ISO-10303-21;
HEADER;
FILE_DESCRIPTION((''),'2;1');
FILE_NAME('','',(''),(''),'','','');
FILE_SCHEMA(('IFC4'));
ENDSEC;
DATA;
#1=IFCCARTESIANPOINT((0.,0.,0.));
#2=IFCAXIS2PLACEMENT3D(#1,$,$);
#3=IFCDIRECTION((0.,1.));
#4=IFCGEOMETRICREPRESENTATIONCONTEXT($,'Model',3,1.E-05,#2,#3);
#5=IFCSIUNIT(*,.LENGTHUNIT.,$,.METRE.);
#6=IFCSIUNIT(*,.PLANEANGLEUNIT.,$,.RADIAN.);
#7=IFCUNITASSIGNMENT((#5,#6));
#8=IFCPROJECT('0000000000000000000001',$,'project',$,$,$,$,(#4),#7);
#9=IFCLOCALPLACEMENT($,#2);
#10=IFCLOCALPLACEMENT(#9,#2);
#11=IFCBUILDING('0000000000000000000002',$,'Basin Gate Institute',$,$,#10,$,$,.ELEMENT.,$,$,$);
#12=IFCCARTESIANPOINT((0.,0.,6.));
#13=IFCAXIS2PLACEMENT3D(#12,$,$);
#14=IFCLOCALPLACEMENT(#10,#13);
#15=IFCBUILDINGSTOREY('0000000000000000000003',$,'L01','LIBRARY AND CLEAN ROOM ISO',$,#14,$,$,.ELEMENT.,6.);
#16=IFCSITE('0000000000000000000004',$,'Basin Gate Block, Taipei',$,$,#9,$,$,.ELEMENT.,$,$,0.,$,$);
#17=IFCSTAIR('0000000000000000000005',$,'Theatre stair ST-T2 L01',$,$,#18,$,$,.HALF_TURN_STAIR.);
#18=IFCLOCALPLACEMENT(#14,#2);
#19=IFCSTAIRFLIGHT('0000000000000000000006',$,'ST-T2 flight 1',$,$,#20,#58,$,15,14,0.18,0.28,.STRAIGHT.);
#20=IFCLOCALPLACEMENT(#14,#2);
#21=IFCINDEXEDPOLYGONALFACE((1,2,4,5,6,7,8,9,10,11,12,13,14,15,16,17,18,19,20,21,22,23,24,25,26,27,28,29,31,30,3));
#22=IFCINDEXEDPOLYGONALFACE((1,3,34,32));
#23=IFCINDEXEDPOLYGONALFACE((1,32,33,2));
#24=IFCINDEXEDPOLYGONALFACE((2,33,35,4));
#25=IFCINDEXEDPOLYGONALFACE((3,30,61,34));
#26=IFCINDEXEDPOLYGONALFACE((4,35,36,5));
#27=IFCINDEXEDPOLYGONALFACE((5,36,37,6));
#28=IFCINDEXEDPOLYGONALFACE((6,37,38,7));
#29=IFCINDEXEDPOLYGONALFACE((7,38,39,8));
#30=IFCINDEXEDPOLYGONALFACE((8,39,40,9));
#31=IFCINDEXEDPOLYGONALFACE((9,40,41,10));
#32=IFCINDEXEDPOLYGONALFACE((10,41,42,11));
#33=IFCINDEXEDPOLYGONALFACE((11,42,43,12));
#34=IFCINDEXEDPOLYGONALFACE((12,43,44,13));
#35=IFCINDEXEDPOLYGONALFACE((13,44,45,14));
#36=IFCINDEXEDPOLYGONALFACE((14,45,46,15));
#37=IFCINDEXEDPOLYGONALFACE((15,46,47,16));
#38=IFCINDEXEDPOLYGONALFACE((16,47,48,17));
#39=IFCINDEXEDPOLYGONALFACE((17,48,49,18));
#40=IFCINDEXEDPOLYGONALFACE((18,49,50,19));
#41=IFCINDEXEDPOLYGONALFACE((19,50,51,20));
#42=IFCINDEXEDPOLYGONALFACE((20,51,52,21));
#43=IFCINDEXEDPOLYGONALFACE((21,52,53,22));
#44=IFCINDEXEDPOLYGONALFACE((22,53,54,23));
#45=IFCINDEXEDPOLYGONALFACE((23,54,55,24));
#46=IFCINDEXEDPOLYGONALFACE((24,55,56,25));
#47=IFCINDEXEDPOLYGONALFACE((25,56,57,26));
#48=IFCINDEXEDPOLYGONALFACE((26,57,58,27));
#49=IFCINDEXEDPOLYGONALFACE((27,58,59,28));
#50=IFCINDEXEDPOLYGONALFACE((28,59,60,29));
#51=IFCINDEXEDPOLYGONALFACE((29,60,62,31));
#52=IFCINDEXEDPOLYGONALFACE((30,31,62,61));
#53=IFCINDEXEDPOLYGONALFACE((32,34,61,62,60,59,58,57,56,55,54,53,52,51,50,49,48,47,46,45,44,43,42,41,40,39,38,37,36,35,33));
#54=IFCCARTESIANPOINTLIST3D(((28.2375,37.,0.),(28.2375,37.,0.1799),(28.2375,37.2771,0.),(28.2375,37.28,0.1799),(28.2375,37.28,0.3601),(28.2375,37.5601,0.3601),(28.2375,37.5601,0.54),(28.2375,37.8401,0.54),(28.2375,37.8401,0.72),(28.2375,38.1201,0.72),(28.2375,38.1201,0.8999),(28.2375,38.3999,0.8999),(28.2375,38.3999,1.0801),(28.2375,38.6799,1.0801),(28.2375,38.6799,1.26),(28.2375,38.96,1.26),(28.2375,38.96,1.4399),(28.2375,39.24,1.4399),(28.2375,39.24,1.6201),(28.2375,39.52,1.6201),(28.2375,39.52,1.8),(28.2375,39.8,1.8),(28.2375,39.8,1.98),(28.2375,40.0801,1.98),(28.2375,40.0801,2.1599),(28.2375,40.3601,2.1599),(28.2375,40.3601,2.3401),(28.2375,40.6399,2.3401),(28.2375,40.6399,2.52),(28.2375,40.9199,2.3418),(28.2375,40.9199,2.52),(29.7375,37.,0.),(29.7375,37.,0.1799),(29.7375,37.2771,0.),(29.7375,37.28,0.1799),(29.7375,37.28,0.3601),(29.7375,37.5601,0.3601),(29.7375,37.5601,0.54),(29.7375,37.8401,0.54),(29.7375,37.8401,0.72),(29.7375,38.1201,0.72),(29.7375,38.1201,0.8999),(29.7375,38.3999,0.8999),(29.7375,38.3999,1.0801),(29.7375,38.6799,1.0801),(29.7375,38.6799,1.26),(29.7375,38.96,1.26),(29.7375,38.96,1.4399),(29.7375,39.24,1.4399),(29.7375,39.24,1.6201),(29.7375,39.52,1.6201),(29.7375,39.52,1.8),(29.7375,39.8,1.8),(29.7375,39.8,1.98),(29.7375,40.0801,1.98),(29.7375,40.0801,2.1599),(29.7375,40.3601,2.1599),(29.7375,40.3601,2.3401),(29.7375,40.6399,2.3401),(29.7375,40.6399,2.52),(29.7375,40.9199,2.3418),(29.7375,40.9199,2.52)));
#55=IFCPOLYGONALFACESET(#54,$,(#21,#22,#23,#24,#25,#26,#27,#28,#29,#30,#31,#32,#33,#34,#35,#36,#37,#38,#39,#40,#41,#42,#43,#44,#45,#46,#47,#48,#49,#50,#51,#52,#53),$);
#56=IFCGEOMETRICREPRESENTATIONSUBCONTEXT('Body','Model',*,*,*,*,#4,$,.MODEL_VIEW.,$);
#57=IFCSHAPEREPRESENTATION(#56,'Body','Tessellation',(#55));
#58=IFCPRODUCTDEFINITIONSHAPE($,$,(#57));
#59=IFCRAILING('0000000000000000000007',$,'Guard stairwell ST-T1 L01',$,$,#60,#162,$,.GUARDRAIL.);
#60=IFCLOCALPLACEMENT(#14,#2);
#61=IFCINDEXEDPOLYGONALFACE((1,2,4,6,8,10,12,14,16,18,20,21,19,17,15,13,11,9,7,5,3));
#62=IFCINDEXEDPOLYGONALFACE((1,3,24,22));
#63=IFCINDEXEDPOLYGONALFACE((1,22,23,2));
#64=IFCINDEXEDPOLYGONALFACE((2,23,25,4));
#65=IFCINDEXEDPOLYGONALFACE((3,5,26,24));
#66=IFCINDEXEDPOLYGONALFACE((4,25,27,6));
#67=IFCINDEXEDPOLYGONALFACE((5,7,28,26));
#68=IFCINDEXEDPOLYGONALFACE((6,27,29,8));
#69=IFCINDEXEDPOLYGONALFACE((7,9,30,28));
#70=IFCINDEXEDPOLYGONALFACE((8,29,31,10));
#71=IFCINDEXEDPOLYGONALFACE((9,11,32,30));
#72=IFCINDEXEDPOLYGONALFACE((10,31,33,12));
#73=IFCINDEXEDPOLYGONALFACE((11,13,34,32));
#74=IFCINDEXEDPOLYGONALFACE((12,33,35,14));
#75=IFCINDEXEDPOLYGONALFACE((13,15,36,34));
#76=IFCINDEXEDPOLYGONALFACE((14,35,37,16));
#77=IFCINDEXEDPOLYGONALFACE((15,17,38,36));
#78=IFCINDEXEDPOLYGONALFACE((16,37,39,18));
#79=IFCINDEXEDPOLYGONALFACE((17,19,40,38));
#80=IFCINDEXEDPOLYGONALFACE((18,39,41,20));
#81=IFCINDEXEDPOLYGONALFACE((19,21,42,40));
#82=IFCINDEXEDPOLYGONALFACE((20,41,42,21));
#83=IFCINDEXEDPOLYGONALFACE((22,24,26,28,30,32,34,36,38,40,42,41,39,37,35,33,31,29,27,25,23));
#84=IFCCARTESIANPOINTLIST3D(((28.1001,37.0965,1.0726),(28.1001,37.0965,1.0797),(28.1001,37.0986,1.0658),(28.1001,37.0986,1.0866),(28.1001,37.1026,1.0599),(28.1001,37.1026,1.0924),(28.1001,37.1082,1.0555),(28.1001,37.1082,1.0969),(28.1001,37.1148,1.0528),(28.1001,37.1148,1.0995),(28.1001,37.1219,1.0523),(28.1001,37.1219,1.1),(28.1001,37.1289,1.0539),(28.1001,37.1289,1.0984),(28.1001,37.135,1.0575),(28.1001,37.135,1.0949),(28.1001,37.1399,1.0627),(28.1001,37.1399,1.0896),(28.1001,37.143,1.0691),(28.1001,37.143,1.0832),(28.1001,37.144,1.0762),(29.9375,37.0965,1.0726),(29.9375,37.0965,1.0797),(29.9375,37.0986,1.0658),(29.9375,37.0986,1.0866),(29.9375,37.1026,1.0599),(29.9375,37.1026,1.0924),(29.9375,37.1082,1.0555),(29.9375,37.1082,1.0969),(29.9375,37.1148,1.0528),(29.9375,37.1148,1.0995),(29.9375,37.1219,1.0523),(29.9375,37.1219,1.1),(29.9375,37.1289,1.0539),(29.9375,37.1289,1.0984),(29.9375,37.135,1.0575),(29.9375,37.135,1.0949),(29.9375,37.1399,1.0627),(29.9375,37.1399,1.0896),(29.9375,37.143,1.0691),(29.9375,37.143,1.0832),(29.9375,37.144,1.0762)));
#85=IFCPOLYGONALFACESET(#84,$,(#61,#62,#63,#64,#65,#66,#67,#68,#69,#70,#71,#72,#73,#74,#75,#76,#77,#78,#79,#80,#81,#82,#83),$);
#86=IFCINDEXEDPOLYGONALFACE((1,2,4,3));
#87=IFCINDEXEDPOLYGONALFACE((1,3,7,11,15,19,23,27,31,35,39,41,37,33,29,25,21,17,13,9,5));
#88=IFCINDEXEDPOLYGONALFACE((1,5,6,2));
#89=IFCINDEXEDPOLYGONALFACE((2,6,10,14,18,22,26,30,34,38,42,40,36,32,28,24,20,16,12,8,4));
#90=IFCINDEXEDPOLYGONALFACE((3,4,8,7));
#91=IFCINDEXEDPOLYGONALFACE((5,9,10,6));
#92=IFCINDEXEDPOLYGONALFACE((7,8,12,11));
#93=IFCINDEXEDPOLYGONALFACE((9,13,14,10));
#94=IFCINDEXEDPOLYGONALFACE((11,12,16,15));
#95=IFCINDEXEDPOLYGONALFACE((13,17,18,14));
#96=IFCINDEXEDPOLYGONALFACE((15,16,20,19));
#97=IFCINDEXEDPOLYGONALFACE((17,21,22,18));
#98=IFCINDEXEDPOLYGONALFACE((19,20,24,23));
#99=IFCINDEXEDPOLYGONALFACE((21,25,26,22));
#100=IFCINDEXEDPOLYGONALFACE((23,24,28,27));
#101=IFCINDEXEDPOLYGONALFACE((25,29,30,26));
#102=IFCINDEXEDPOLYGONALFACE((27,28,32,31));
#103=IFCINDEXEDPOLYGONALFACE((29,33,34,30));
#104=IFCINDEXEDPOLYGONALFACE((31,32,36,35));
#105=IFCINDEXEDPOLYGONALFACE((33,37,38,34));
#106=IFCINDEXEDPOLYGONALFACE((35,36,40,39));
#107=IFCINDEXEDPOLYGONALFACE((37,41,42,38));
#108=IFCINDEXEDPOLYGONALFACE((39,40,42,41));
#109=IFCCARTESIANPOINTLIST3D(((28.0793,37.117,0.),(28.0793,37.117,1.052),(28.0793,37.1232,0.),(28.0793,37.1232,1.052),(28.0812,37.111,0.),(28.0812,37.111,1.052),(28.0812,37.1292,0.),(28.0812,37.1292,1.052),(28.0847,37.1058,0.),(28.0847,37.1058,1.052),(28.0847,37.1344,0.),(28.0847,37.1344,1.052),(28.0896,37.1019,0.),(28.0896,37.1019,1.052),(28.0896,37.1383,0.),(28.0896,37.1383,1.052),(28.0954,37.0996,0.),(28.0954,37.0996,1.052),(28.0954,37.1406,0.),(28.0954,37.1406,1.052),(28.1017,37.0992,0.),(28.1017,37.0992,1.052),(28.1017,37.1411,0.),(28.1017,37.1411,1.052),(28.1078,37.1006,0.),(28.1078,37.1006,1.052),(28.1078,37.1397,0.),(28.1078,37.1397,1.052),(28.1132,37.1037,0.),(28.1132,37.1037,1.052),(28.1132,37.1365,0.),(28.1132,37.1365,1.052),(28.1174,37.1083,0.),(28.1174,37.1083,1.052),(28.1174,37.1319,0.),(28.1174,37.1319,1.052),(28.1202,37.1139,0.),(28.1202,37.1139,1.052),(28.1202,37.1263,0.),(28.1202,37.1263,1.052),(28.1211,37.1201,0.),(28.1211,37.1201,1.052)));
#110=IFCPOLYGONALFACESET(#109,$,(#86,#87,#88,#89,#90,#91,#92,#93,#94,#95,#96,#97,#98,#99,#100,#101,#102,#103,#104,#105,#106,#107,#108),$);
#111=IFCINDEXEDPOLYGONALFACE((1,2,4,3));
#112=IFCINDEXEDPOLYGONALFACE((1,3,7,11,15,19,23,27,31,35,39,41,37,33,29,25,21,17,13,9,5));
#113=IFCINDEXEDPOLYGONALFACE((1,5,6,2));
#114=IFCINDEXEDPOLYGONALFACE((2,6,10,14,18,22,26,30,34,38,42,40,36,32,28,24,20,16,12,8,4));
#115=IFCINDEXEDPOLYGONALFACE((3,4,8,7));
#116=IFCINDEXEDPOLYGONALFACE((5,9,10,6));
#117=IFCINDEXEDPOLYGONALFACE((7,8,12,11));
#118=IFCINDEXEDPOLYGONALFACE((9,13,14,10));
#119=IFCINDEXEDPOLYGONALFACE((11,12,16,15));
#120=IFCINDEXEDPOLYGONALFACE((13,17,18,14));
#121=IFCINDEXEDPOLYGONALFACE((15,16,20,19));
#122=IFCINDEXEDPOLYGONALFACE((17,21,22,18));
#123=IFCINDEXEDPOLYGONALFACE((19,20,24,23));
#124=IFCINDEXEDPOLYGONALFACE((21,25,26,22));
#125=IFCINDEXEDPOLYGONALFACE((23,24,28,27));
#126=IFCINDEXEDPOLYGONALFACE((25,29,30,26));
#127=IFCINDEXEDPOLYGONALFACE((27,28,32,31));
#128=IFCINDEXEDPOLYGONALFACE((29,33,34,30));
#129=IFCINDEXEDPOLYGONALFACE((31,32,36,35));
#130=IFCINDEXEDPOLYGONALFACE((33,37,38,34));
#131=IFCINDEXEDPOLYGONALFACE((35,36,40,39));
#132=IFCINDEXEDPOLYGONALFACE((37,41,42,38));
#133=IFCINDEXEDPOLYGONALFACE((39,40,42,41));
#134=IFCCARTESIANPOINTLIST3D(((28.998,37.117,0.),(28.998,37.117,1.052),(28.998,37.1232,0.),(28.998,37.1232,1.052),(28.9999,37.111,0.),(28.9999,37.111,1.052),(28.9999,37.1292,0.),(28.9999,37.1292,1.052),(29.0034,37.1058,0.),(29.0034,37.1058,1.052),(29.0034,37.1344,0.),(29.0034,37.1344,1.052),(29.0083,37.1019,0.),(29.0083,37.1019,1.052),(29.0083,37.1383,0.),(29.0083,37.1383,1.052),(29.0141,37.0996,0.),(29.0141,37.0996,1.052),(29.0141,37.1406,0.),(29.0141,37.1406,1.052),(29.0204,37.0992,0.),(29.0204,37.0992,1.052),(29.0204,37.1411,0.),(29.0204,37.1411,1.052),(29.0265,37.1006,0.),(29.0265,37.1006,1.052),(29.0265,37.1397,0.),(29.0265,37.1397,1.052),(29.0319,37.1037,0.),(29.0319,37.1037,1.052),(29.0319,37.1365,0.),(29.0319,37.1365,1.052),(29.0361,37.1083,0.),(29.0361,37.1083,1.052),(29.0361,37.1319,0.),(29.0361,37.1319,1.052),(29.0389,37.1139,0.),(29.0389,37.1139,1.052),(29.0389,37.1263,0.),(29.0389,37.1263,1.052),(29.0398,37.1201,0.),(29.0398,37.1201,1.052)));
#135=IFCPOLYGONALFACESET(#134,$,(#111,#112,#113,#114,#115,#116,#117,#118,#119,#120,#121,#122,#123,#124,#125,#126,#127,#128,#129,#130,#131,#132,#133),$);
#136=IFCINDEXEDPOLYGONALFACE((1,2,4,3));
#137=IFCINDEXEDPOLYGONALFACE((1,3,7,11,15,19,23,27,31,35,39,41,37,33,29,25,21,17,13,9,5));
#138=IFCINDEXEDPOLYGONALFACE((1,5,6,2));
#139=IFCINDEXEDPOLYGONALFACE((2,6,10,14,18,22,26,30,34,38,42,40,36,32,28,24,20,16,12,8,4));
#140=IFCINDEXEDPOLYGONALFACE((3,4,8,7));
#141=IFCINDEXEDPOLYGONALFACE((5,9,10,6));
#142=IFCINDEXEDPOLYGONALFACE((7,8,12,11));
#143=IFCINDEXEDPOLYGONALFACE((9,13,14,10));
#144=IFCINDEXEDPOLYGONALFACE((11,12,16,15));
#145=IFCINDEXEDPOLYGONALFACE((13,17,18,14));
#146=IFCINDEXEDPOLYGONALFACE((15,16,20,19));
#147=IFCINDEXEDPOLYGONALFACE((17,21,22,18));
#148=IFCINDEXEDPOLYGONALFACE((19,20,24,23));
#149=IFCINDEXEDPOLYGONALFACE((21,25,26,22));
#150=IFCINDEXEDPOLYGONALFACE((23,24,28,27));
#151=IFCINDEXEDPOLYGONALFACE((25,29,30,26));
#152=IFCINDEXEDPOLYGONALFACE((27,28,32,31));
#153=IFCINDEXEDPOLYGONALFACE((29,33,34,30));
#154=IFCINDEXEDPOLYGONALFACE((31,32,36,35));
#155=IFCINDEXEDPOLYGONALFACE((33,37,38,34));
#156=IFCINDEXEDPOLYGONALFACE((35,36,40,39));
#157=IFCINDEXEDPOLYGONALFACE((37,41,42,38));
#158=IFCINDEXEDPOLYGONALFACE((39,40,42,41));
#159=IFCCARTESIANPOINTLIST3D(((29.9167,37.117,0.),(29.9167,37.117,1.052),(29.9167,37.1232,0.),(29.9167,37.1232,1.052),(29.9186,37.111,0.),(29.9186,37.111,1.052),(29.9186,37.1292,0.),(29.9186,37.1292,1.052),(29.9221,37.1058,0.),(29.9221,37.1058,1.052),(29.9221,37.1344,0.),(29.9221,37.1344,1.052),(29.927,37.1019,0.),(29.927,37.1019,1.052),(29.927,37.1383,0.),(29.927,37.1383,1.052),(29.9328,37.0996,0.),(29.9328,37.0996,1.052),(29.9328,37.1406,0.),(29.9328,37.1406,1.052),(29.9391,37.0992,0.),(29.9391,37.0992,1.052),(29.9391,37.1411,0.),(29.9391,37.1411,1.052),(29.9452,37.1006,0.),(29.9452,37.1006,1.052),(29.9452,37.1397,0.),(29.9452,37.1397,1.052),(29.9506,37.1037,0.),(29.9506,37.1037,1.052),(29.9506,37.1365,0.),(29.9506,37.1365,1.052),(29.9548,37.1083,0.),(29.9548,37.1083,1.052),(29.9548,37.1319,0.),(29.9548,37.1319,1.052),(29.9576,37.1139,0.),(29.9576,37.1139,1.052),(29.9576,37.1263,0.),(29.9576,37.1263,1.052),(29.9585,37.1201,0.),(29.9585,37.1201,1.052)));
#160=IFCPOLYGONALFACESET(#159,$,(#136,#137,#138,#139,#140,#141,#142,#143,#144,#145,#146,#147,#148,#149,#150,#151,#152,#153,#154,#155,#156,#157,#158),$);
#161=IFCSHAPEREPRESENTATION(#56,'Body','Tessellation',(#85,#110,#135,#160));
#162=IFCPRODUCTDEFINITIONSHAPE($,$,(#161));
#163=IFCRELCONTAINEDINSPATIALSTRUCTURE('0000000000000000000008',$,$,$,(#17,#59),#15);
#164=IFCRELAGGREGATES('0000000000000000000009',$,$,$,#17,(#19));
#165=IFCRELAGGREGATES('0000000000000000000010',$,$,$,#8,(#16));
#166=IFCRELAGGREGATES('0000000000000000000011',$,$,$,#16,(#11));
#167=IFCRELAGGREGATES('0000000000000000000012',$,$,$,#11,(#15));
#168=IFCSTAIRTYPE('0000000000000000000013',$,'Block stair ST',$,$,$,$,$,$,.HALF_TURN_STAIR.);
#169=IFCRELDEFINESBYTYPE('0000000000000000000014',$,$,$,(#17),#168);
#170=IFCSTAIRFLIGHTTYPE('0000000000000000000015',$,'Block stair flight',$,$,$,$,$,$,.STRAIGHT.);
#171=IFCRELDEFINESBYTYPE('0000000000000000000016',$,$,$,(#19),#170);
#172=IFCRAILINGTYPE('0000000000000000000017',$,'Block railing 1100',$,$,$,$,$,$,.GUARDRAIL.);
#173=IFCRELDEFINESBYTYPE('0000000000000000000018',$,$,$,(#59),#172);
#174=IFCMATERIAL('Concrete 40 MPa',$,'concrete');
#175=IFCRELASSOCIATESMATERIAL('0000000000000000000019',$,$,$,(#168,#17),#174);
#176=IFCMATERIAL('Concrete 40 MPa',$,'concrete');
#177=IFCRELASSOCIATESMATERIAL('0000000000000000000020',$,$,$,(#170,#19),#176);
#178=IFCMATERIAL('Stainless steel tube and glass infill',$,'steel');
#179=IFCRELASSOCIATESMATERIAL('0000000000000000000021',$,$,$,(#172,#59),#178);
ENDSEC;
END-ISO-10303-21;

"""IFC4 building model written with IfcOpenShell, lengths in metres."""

from ifc_helpers import new_model, si_unit, direction, frame, origin, origin_2d, place, context, subcontext, project, spatial, polyline, circle, outline, extrude, material, type_object, element, aggregate, save


model = new_model("IFC4")

# Units and contexts
model_context = context("Model", 3, precision=1e-05, world=origin(), true_north=direction((0.0, 1.0)))
body_context = subcontext(model_context, "Body", "Model", "MODEL_VIEW")
ifc_project = project(units=[si_unit("LENGTHUNIT", "METRE"), si_unit("PLANEANGLEUNIT", "RADIAN")], contexts=[model_context])

# Site, building, storey
site_placement = place(None, origin())
site = spatial("IfcSite", under=ifc_project, at=site_placement, Name="Basin Gate Block, Taipei", CompositionType="ELEMENT", RefElevation=0.0)
building_placement = place(site_placement, origin())
building = spatial("IfcBuilding", under=site, at=building_placement, Name="Basin Gate Institute", CompositionType="ELEMENT")
storey_placement = place(building_placement, frame((0.0, 0.0, 6.0)))
storey = spatial("IfcBuildingStorey", under=building, at=storey_placement, Name="L01", Description="LIBRARY AND CLEAN ROOM ISO", CompositionType="ELEMENT", Elevation=6.0)

# Stair, stair flight
ifc_material_1 = material(Name="Concrete 40 MPa", Category="concrete")
stair_type = type_object("IfcStairType", Name="Block stair ST", PredefinedType="HALF_TURN_STAIR", material=ifc_material_1)
stair_placement = place(storey_placement, origin())
stair = element("IfcStair", 1, at=stair_placement, inside=storey, type_object=stair_type, material=ifc_material_1, Name="Theatre stair ST-T2 L01", PredefinedType="HALF_TURN_STAIR")
ifc_material_2 = material(Name="Concrete 40 MPa", Category="concrete")
stair_flight_type = type_object("IfcStairFlightType", Name="Block stair flight", PredefinedType="STRAIGHT", material=ifc_material_2)
stair_flight_placement = place(storey_placement, frame((28.9875, 37.0, 0.0), z_axis=(0.0, 0.0, 1.0), x_axis=(0.0, 1.0, 0.0)))
stair_flight = element("IfcStairFlight", 2, at=stair_flight_placement, type_object=stair_flight_type, material=ifc_material_2, Name="ST-T2 flight 1", NumberOfRisers=15, NumberOfTreads=14, PredefinedType="STRAIGHT", RiserHeight=0.18, TreadLength=0.28, context=body_context, shape_type="SweptSolid", body=[
    extrude(outline(polyline([(0.0, 0.0), (0.0, 0.1799), (0.28, 0.1799), (0.28, 0.3601), (0.5601, 0.3601), (0.5601, 0.54), (0.8401, 0.54), (0.8401, 0.72), (1.1201, 0.72), (1.1201, 0.8999), (1.3999, 0.8999), (1.3999, 1.0801), (1.6799, 1.0801), (1.6799, 1.26), (1.96, 1.26), (1.96, 1.4399), (2.24, 1.4399), (2.24, 1.6201), (2.52, 1.6201), (2.52, 1.8), (2.8, 1.8), (2.8, 1.98), (3.0801, 1.98), (3.0801, 2.1599), (3.3601, 2.1599), (3.3601, 2.3401), (3.6399, 2.3401), (3.6399, 2.52), (3.9199, 2.52), (3.9199, 2.7), (3.9199, 2.3418), (0.2771, 0.0), (0.0, 0.0)])), frame((0.0, 0.75, 0.0), z_axis=(0.0, -1.0, 0.0), x_axis=(1.0, 0.0, 0.0)), (0.0, 0.0, 1.0), 1.5),
])
aggregate(stair, [stair_flight])

# Railing
ifc_material_3 = material(Name="Stainless steel tube and glass infill", Category="steel")
railing_type_1 = type_object("IfcRailingType", Name="Block railing 1100", PredefinedType="GUARDRAIL", material=ifc_material_3)
railing_placement = place(storey_placement, frame((28.1001, 37.1201, 0.0)))
element("IfcRailing", 3, at=railing_placement, inside=storey, type_object=railing_type_1, material=ifc_material_3, Name="Guard stairwell ST-T1 L01", PredefinedType="GUARDRAIL", context=body_context, shape_type="SweptSolid", body=[
    extrude(circle(Radius=0.0239, at=origin_2d()), frame((0.0, 0.0, 1.0762), z_axis=(1.0, 0.0, 0.0), x_axis=(0.0, 1.0, 0.0)), (0.0, 0.0, 1.0), 1.8374),
    extrude(circle(Radius=0.021, at=origin_2d()), origin(), (0.0, 0.0, 1.0), 1.052),
    extrude(circle(Radius=0.021, at=origin_2d()), frame((0.9187, 0.0, 0.0)), (0.0, 0.0, 1.0), 1.052),
    extrude(circle(Radius=0.021, at=origin_2d()), frame((1.8374, 0.0, 0.0)), (0.0, 0.0, 1.0), 1.052),
])

save(model, "model.ifc")
